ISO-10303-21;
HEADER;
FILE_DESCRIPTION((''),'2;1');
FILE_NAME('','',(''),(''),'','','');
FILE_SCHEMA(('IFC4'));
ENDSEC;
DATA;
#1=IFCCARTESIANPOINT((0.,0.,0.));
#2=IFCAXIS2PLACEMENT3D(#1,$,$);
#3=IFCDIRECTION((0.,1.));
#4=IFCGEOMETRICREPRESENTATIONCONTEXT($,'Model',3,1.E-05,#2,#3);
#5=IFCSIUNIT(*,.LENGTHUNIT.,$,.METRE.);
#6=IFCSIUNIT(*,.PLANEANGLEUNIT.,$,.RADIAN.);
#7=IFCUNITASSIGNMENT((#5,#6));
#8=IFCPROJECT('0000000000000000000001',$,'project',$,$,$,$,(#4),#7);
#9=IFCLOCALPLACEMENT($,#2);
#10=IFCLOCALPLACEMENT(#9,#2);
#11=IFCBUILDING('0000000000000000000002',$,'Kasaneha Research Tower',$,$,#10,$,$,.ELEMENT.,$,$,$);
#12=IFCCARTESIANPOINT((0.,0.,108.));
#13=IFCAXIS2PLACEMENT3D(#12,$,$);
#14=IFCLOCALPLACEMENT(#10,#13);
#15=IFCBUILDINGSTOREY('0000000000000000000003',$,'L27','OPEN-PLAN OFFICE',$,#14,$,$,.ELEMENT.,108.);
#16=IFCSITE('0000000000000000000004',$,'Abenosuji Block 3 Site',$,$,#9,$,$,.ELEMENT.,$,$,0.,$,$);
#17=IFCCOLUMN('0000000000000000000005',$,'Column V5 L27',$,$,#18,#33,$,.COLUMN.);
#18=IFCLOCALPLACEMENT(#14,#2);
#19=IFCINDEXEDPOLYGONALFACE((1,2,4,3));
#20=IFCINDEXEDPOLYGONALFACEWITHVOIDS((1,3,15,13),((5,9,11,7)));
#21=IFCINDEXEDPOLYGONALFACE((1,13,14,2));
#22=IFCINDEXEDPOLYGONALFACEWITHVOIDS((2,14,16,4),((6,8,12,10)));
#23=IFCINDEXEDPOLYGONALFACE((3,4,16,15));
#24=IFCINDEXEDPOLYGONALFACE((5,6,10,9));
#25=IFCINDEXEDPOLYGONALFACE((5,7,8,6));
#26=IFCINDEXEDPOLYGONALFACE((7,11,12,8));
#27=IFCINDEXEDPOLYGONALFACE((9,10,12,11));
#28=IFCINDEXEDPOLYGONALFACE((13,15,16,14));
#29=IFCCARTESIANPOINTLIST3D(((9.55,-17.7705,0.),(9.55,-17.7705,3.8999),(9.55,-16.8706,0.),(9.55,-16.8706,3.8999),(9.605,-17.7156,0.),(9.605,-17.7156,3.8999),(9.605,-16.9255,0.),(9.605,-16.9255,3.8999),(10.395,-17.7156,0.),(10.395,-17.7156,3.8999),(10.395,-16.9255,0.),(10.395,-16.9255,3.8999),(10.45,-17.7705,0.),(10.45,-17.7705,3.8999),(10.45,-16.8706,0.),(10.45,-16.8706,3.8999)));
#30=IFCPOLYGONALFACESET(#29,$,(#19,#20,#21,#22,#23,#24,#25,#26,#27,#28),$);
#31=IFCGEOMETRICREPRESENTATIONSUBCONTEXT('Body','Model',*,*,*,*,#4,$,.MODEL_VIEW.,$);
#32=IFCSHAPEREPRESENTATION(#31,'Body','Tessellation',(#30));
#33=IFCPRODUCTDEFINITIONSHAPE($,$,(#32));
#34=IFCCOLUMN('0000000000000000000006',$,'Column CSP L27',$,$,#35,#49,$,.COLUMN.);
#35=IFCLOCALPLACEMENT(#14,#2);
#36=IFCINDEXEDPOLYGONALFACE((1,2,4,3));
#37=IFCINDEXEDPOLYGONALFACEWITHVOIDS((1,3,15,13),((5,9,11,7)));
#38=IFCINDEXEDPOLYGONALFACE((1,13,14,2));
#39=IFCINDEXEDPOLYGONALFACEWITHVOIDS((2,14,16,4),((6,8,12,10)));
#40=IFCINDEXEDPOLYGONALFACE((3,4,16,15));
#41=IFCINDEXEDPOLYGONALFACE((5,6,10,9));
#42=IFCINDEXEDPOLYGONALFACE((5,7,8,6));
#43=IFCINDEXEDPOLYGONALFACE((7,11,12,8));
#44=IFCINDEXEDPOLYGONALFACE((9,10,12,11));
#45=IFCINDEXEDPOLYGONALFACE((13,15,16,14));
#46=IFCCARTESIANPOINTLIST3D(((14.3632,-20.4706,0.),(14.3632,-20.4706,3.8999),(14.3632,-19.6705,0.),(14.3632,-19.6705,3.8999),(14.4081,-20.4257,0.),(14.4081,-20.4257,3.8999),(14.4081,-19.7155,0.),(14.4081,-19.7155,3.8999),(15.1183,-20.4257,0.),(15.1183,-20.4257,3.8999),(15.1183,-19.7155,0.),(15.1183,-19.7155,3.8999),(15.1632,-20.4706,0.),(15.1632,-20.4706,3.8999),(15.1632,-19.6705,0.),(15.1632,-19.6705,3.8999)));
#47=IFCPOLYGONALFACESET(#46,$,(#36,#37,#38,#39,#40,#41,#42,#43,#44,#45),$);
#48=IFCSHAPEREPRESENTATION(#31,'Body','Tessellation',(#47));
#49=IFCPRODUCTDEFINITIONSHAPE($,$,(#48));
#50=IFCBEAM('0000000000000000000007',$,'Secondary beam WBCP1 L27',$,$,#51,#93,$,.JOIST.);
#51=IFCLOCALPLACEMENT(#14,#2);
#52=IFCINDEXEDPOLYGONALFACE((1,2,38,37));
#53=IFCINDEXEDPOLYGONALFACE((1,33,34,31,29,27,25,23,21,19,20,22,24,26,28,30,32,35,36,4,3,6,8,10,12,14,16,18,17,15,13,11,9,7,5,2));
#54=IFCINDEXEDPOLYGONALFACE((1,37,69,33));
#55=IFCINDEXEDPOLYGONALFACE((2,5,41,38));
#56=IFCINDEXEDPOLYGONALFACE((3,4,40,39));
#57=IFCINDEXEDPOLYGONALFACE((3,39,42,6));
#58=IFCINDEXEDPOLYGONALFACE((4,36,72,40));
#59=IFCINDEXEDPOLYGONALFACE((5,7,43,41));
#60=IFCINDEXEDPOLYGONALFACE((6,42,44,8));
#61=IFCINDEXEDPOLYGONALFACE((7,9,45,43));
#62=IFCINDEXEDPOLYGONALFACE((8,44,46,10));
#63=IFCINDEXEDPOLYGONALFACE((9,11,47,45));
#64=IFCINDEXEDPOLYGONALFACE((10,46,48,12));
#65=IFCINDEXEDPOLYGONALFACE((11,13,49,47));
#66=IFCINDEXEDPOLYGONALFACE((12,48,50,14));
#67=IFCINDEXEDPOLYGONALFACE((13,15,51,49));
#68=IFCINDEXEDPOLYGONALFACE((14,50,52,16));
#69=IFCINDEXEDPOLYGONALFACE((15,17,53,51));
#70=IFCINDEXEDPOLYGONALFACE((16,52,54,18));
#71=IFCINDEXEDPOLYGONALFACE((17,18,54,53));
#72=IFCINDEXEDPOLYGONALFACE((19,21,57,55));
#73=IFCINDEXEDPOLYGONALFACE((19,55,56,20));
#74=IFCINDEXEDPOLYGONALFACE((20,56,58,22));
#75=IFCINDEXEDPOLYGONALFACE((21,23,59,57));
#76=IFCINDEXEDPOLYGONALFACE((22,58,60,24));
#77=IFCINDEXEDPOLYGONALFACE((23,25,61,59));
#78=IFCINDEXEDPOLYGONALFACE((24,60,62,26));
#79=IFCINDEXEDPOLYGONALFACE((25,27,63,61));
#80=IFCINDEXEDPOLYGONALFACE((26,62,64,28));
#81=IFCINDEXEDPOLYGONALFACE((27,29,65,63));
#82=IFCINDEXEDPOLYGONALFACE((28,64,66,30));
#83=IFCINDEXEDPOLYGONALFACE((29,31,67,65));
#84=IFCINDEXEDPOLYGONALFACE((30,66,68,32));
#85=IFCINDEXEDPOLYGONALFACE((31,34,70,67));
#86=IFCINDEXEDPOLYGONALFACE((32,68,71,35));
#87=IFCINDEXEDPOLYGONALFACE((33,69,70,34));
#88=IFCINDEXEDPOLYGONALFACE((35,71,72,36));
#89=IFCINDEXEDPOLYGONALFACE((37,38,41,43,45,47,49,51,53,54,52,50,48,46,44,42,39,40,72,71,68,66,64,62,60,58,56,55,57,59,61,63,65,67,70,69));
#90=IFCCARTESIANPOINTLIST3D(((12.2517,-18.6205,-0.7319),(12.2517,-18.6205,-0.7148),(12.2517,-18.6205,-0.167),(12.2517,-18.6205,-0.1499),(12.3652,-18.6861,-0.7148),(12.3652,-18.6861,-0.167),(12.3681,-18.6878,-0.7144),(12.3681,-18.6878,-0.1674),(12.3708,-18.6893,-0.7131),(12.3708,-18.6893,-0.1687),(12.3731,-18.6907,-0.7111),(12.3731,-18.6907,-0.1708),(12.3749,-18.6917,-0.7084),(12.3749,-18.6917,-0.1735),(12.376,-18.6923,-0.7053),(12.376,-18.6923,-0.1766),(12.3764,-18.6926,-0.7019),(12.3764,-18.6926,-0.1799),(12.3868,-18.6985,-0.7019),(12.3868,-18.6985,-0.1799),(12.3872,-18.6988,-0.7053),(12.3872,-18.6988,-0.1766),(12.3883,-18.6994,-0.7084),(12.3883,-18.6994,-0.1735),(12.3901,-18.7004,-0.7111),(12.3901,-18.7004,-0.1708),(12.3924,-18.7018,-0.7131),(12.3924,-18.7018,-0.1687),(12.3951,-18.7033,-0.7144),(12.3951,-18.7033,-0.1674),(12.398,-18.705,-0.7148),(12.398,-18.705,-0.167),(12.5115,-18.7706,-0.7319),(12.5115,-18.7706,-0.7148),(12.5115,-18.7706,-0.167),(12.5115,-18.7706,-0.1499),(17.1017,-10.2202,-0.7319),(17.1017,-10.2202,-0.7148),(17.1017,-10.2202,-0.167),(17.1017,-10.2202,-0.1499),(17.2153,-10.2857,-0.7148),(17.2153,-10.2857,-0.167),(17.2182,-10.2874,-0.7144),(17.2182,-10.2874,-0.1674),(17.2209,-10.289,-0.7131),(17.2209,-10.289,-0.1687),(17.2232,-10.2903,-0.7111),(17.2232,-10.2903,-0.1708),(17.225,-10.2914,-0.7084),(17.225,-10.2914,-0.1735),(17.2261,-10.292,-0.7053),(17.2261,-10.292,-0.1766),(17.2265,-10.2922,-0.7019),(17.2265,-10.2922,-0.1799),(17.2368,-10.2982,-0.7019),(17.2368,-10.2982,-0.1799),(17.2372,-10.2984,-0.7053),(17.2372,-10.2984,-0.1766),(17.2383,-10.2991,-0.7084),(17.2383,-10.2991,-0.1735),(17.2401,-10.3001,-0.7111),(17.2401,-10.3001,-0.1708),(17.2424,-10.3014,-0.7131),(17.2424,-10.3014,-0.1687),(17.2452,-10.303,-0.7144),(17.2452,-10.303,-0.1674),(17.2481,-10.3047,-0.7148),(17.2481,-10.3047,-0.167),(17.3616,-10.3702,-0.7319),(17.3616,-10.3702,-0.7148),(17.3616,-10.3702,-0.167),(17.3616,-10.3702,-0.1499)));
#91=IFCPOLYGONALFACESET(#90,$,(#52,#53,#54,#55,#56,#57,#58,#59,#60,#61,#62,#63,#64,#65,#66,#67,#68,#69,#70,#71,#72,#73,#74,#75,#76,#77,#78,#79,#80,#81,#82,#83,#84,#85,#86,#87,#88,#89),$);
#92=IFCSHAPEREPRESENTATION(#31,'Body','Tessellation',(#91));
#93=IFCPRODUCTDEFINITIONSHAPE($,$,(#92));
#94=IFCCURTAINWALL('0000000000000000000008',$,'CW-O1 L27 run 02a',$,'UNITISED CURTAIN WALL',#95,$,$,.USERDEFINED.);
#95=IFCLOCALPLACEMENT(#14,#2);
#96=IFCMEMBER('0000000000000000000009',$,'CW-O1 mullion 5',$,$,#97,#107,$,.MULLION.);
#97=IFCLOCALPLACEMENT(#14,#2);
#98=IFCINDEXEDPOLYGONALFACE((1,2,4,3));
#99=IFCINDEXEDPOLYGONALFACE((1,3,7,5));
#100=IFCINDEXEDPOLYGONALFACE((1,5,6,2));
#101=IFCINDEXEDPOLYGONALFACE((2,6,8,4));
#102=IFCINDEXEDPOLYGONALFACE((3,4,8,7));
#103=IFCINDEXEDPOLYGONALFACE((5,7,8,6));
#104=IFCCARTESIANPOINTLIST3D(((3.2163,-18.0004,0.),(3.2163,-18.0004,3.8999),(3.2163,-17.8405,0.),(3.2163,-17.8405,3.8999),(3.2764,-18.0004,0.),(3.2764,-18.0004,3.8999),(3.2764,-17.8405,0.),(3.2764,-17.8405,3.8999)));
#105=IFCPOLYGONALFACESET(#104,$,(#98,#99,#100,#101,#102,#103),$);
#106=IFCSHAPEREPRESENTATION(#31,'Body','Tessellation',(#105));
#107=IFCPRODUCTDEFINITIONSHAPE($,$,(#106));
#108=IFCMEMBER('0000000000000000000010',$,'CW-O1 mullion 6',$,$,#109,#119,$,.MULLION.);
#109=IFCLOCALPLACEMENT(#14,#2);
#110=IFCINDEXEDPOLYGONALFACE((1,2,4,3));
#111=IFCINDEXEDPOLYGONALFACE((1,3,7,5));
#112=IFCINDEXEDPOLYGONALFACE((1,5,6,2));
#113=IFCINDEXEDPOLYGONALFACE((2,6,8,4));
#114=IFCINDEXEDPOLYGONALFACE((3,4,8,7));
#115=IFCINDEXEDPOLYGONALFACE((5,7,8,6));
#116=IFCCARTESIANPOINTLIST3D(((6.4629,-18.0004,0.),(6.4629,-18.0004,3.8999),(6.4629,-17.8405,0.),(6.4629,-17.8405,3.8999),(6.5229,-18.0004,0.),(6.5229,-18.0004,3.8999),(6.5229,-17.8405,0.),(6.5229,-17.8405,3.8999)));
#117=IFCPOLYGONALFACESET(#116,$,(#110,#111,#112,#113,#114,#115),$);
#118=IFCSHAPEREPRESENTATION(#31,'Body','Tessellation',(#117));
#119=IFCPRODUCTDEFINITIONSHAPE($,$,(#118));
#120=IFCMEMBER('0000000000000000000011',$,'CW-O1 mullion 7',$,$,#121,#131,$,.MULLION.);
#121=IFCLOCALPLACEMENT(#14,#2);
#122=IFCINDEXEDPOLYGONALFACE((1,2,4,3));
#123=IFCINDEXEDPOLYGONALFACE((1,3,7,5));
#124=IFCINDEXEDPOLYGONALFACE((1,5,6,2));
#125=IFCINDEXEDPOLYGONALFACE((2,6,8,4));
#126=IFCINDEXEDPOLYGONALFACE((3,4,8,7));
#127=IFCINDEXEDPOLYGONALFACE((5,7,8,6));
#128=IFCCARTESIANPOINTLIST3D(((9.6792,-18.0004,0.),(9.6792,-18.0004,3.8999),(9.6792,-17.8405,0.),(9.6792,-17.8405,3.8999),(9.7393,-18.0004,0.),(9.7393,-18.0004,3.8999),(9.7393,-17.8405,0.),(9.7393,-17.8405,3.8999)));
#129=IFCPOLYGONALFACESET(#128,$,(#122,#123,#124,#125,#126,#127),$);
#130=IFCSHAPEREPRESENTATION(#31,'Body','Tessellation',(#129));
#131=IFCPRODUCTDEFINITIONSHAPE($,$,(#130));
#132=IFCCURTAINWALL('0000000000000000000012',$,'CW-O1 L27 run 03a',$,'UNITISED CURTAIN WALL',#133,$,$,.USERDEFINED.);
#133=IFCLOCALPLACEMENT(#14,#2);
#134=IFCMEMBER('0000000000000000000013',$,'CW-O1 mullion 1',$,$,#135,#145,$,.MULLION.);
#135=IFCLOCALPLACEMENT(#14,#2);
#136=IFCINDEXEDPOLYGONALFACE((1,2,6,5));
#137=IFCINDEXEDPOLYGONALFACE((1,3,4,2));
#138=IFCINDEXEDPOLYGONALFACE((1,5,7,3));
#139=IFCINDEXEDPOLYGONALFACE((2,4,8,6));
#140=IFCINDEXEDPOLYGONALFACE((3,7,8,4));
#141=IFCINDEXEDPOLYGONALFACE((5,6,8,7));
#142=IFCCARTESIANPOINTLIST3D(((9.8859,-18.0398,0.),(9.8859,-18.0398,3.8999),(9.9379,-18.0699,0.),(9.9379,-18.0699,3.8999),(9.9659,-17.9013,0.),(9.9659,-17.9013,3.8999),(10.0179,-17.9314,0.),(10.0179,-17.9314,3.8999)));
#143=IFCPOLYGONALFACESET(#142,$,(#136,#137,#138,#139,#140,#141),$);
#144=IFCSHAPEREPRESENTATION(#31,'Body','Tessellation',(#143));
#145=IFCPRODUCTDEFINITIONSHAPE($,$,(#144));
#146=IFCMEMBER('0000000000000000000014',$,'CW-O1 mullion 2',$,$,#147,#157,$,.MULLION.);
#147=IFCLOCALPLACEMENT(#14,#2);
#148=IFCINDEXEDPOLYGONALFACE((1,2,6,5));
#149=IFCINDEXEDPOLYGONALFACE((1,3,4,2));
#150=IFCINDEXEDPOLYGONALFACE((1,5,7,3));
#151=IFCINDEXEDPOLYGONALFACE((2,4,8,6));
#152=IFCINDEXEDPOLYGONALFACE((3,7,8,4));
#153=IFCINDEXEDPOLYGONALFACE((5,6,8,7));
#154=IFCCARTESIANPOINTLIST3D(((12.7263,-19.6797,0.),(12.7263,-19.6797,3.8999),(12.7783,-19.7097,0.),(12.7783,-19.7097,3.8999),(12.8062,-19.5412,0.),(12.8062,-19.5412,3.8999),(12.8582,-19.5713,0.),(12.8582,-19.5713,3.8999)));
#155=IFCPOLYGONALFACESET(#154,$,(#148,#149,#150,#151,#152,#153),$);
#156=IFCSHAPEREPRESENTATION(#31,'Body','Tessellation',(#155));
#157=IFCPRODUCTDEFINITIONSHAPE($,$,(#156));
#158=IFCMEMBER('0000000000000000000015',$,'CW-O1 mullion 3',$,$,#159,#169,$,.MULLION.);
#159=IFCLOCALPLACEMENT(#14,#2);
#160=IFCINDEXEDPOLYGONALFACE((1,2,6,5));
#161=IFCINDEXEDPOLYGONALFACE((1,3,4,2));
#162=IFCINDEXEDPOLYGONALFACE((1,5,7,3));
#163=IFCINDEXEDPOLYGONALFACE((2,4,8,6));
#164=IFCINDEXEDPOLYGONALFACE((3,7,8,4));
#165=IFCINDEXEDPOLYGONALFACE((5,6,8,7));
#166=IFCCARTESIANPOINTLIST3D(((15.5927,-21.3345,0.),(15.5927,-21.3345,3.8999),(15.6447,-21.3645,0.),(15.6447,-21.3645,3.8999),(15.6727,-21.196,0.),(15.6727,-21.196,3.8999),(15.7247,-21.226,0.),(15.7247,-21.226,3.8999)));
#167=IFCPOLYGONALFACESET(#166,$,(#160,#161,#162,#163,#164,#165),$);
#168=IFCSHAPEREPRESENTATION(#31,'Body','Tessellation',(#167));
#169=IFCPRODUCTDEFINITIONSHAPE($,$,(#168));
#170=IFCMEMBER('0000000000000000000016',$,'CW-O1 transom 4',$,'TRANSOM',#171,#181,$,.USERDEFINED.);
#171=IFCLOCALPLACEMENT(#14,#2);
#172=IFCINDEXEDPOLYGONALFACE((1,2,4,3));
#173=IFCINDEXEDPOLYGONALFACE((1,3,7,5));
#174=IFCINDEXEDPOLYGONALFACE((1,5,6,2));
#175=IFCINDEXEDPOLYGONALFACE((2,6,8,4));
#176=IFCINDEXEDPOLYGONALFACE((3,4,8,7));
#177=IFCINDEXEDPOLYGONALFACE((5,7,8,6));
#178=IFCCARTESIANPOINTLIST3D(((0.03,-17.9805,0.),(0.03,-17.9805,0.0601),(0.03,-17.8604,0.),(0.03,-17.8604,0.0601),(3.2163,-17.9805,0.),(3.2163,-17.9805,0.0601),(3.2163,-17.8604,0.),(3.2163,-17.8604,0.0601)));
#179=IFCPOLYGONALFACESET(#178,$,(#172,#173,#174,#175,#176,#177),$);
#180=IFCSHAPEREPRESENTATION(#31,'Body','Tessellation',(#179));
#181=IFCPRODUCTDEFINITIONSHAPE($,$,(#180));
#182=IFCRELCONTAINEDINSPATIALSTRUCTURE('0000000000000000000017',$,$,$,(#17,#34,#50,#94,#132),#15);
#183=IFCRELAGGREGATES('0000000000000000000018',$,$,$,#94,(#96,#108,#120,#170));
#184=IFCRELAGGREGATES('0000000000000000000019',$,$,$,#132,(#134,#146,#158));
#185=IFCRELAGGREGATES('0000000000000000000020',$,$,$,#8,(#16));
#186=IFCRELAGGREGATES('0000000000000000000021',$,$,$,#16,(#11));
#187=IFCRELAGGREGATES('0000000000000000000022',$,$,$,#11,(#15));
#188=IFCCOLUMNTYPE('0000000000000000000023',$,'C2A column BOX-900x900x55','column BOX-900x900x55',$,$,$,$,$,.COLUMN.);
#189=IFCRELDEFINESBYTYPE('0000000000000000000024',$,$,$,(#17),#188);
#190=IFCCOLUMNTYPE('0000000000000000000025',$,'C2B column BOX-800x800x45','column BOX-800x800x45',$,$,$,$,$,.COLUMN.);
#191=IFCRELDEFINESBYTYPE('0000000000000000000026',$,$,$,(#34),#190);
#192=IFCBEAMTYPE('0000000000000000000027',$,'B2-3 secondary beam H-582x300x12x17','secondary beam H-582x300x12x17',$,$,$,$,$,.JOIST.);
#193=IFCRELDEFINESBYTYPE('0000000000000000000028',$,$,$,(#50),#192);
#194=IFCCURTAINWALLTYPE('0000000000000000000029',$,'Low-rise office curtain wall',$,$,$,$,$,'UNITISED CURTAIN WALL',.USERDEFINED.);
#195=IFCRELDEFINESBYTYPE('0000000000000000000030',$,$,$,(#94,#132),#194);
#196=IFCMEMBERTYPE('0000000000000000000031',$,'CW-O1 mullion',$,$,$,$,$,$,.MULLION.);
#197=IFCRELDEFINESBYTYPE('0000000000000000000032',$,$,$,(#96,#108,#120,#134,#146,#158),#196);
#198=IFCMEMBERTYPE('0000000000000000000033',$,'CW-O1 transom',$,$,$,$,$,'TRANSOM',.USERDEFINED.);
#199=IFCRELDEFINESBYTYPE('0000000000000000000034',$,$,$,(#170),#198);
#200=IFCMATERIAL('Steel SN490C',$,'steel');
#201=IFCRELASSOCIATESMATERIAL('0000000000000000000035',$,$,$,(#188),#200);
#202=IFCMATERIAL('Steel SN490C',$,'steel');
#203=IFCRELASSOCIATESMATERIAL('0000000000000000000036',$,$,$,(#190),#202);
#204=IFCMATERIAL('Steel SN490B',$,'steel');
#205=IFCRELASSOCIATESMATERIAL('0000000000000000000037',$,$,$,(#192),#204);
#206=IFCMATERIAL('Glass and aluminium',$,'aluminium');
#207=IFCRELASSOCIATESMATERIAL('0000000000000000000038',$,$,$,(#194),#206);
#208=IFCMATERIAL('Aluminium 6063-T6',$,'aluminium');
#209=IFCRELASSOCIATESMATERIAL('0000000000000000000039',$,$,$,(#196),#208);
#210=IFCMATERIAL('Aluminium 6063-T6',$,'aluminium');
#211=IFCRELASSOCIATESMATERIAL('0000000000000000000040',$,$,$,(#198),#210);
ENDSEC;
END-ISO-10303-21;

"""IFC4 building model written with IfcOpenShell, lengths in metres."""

from ifc_helpers import new_model, si_unit, direction, frame, origin, origin_2d, place, context, subcontext, project, spatial, rectangle, hollow_rectangle, i_section, extrude, material, material_profile, profile_set, type_object, element, aggregate, save


model = new_model("IFC4")

# Units and contexts
model_context = context("Model", 3, precision=1e-05, world=origin(), true_north=direction((0.0, 1.0)))
body_context = subcontext(model_context, "Body", "Model", "MODEL_VIEW")
ifc_project = project(units=[si_unit("LENGTHUNIT", "METRE"), si_unit("PLANEANGLEUNIT", "RADIAN")], contexts=[model_context])

# Site, building, storey
site_placement = place(None, origin())
site = spatial("IfcSite", under=ifc_project, at=site_placement, Name="Abenosuji Block 3 Site", CompositionType="ELEMENT", RefElevation=0.0)
building_placement = place(site_placement, origin())
building = spatial("IfcBuilding", under=site, at=building_placement, Name="Kasaneha Research Tower", CompositionType="ELEMENT")
storey_placement = place(building_placement, frame((0.0, 0.0, 108.0)))
storey = spatial("IfcBuildingStorey", under=building, at=storey_placement, Name="L27", Description="OPEN-PLAN OFFICE", CompositionType="ELEMENT", Elevation=108.0)

# Columns
ifc_material_1 = material(Name="Steel SN490C", Category="steel")
ifc_material_profile_1 = material_profile(ifc_material_1, hollow_rectangle(XDim=0.8999, YDim=0.8999, WallThickness=0.0549, at=origin_2d()), Name="BOX-900x900x55")
ifc_profile_set_1 = profile_set([ifc_material_profile_1], Name="Steel SN490C")
column_type_1 = type_object("IfcColumnType", Name="C2A column BOX-900x900x55", Description="column BOX-900x900x55", PredefinedType="COLUMN", material=ifc_profile_set_1)
column_1_placement = place(storey_placement, frame((10.0, -17.3206, 0.0), z_axis=(0.0, 0.0, 1.0), x_axis=(1.0, 0.0, 0.0)))
element("IfcColumn", 1, at=column_1_placement, inside=storey, type_object=column_type_1, Name="Column V5 L27", PredefinedType="COLUMN", context=body_context, shape_type="SweptSolid", body=[
    extrude(hollow_rectangle(XDim=0.8999, YDim=0.8999, WallThickness=0.0549, at=origin_2d()), origin(), (0.0, 0.0, 1.0), 3.8999),
])
ifc_material_2 = material(Name="Steel SN490C", Category="steel")
ifc_material_profile_2 = material_profile(ifc_material_2, hollow_rectangle(XDim=0.8, YDim=0.8, WallThickness=0.0449, at=origin_2d()), Name="BOX-800x800x45")
ifc_profile_set_2 = profile_set([ifc_material_profile_2], Name="Steel SN490C")
column_type_2 = type_object("IfcColumnType", Name="C2B column BOX-800x800x45", Description="column BOX-800x800x45", PredefinedType="COLUMN", material=ifc_profile_set_2)
column_2_placement = place(storey_placement, frame((14.7632, -20.0706, 0.0), z_axis=(0.0, 0.0, 1.0), x_axis=(1.0, 0.0, 0.0)))
element("IfcColumn", 2, at=column_2_placement, inside=storey, type_object=column_type_2, Name="Column CSP L27", PredefinedType="COLUMN", context=body_context, shape_type="SweptSolid", body=[
    extrude(hollow_rectangle(XDim=0.8, YDim=0.8, WallThickness=0.0449, at=origin_2d()), origin(), (0.0, 0.0, 1.0), 3.8999),
])

# Beam
ifc_material_3 = material(Name="Steel SN490B", Category="steel")
ifc_material_profile_3 = material_profile(ifc_material_3, i_section(OverallWidth=0.3, OverallDepth=0.582, WebThickness=0.012, FlangeThickness=0.0171, FilletRadius=0.0129, at=origin_2d()), Name="H-582x300x12x17")
ifc_profile_set_3 = profile_set([ifc_material_profile_3], Name="Steel SN490B")
beam_type_1 = type_object("IfcBeamType", Name="B2-3 secondary beam H-582x300x12x17", Description="secondary beam H-582x300x12x17", PredefinedType="JOIST", material=ifc_profile_set_3)
beam_1_placement = place(storey_placement, frame((12.3816, -18.6956, -0.4409), z_axis=(0.50001, 0.86602, 0.0), x_axis=(-0.86602, 0.50001, 0.0)))
element("IfcBeam", 3, at=beam_1_placement, inside=storey, type_object=beam_type_1, Name="Secondary beam WBCP1 L27", PredefinedType="JOIST", context=body_context, shape_type="SweptSolid", body=[
    extrude(i_section(OverallWidth=0.3, OverallDepth=0.582, WebThickness=0.012, FlangeThickness=0.0171, FilletRadius=0.0129, at=origin_2d()), origin(), (0.0, 0.0, 1.0), 9.7),
])

# Curtain walls, members
ifc_material_4 = material(Name="Glass and aluminium", Category="aluminium")
curtain_wall_type = type_object("IfcCurtainWallType", Name="Low-rise office curtain wall", ElementType="UNITISED CURTAIN WALL", PredefinedType="USERDEFINED", material=ifc_material_4)
curtain_wall_1_placement = place(storey_placement, origin())
curtain_wall_1 = element("IfcCurtainWall", 4, at=curtain_wall_1_placement, inside=storey, type_object=curtain_wall_type, Name="CW-O1 L27 run 02a", ObjectType="UNITISED CURTAIN WALL", PredefinedType="USERDEFINED")
ifc_material_5 = material(Name="Aluminium 6063-T6", Category="aluminium")
ifc_material_profile_4 = material_profile(ifc_material_5, rectangle(XDim=0.0601, YDim=0.1599, at=origin_2d()), Name="CW-O1 mullion 60x160")
ifc_profile_set_4 = profile_set([ifc_material_profile_4], Name="Aluminium 6063-T6")
member_type_1 = type_object("IfcMemberType", Name="CW-O1 mullion", PredefinedType="MULLION", material=ifc_profile_set_4)
member_1_placement = place(storey_placement, frame((3.2463, -17.9204, 0.0), z_axis=(0.0, 0.0, 1.0), x_axis=(1.0, 0.0, 0.0)))
member_1 = element("IfcMember", 5, at=member_1_placement, type_object=member_type_1, Name="CW-O1 mullion 5", PredefinedType="MULLION", context=body_context, shape_type="SweptSolid", body=[
    extrude(rectangle(XDim=0.0601, YDim=0.1599, at=origin_2d()), origin(), (0.0, 0.0, 1.0), 3.8999),
])
member_2_placement = place(storey_placement, frame((6.4929, -17.9204, 0.0), z_axis=(0.0, 0.0, 1.0), x_axis=(1.0, 0.0, 0.0)))
member_2 = element("IfcMember", 6, at=member_2_placement, type_object=member_type_1, Name="CW-O1 mullion 6", PredefinedType="MULLION", context=body_context, shape_type="SweptSolid", body=[
    extrude(rectangle(XDim=0.0601, YDim=0.1599, at=origin_2d()), origin(), (0.0, 0.0, 1.0), 3.8999),
])
member_3_placement = place(storey_placement, frame((9.7092, -17.9204, 0.0), z_axis=(0.0, 0.0, 1.0), x_axis=(1.0, 0.0, 0.0)))
member_3 = element("IfcMember", 7, at=member_3_placement, type_object=member_type_1, Name="CW-O1 mullion 7", PredefinedType="MULLION", context=body_context, shape_type="SweptSolid", body=[
    extrude(rectangle(XDim=0.0601, YDim=0.1599, at=origin_2d()), origin(), (0.0, 0.0, 1.0), 3.8999),
])
curtain_wall_2_placement = place(storey_placement, origin())
curtain_wall_2 = element("IfcCurtainWall", 8, at=curtain_wall_2_placement, inside=storey, type_object=curtain_wall_type, Name="CW-O1 L27 run 03a", ObjectType="UNITISED CURTAIN WALL", PredefinedType="USERDEFINED")
member_4_placement = place(storey_placement, frame((9.9519, -17.9856, 0.0), z_axis=(0.0, 0.0, 1.0), x_axis=(0.866025, -0.5, 0.0)))
member_4 = element("IfcMember", 9, at=member_4_placement, type_object=member_type_1, Name="CW-O1 mullion 1", PredefinedType="MULLION", context=body_context, shape_type="SweptSolid", body=[
    extrude(rectangle(XDim=0.0601, YDim=0.1599, at=origin_2d()), origin(), (0.0, 0.0, 1.0), 3.8999),
])
member_5_placement = place(storey_placement, frame((12.7922, -19.6255, 0.0), z_axis=(0.0, 0.0, 1.0), x_axis=(0.866025, -0.5, 0.0)))
member_5 = element("IfcMember", 10, at=member_5_placement, type_object=member_type_1, Name="CW-O1 mullion 2", PredefinedType="MULLION", context=body_context, shape_type="SweptSolid", body=[
    extrude(rectangle(XDim=0.0601, YDim=0.1599, at=origin_2d()), origin(), (0.0, 0.0, 1.0), 3.8999),
])
member_6_placement = place(storey_placement, frame((15.6587, -21.2803, 0.0), z_axis=(0.0, 0.0, 1.0), x_axis=(0.866025, -0.5, 0.0)))
member_6 = element("IfcMember", 11, at=member_6_placement, type_object=member_type_1, Name="CW-O1 mullion 3", PredefinedType="MULLION", context=body_context, shape_type="SweptSolid", body=[
    extrude(rectangle(XDim=0.0601, YDim=0.1599, at=origin_2d()), origin(), (0.0, 0.0, 1.0), 3.8999),
])

# Member
ifc_material_6 = material(Name="Aluminium 6063-T6", Category="aluminium")
ifc_material_profile_5 = material_profile(ifc_material_6, rectangle(XDim=0.1201, YDim=0.0601, at=origin_2d()), Name="CW-O1 transom 120x60")
ifc_profile_set_5 = profile_set([ifc_material_profile_5], Name="Aluminium 6063-T6")
member_type_2 = type_object("IfcMemberType", Name="CW-O1 transom", ElementType="TRANSOM", PredefinedType="USERDEFINED", material=ifc_profile_set_5)
member_7_placement = place(storey_placement, frame((0.03, -17.9204, 0.03), z_axis=(1.0, 0.0, 0.0), x_axis=(0.0, 1.0, 0.0)))
member_7 = element("IfcMember", 12, at=member_7_placement, type_object=member_type_2, Name="CW-O1 transom 4", ObjectType="TRANSOM", PredefinedType="USERDEFINED", context=body_context, shape_type="SweptSolid", body=[
    extrude(rectangle(XDim=0.1201, YDim=0.0601, at=origin_2d()), origin(), (0.0, 0.0, 1.0), 3.1863),
])

aggregate(curtain_wall_1, [member_1, member_2, member_3, member_7])
aggregate(curtain_wall_2, [member_4, member_5, member_6])

save(model, "model.ifc")
